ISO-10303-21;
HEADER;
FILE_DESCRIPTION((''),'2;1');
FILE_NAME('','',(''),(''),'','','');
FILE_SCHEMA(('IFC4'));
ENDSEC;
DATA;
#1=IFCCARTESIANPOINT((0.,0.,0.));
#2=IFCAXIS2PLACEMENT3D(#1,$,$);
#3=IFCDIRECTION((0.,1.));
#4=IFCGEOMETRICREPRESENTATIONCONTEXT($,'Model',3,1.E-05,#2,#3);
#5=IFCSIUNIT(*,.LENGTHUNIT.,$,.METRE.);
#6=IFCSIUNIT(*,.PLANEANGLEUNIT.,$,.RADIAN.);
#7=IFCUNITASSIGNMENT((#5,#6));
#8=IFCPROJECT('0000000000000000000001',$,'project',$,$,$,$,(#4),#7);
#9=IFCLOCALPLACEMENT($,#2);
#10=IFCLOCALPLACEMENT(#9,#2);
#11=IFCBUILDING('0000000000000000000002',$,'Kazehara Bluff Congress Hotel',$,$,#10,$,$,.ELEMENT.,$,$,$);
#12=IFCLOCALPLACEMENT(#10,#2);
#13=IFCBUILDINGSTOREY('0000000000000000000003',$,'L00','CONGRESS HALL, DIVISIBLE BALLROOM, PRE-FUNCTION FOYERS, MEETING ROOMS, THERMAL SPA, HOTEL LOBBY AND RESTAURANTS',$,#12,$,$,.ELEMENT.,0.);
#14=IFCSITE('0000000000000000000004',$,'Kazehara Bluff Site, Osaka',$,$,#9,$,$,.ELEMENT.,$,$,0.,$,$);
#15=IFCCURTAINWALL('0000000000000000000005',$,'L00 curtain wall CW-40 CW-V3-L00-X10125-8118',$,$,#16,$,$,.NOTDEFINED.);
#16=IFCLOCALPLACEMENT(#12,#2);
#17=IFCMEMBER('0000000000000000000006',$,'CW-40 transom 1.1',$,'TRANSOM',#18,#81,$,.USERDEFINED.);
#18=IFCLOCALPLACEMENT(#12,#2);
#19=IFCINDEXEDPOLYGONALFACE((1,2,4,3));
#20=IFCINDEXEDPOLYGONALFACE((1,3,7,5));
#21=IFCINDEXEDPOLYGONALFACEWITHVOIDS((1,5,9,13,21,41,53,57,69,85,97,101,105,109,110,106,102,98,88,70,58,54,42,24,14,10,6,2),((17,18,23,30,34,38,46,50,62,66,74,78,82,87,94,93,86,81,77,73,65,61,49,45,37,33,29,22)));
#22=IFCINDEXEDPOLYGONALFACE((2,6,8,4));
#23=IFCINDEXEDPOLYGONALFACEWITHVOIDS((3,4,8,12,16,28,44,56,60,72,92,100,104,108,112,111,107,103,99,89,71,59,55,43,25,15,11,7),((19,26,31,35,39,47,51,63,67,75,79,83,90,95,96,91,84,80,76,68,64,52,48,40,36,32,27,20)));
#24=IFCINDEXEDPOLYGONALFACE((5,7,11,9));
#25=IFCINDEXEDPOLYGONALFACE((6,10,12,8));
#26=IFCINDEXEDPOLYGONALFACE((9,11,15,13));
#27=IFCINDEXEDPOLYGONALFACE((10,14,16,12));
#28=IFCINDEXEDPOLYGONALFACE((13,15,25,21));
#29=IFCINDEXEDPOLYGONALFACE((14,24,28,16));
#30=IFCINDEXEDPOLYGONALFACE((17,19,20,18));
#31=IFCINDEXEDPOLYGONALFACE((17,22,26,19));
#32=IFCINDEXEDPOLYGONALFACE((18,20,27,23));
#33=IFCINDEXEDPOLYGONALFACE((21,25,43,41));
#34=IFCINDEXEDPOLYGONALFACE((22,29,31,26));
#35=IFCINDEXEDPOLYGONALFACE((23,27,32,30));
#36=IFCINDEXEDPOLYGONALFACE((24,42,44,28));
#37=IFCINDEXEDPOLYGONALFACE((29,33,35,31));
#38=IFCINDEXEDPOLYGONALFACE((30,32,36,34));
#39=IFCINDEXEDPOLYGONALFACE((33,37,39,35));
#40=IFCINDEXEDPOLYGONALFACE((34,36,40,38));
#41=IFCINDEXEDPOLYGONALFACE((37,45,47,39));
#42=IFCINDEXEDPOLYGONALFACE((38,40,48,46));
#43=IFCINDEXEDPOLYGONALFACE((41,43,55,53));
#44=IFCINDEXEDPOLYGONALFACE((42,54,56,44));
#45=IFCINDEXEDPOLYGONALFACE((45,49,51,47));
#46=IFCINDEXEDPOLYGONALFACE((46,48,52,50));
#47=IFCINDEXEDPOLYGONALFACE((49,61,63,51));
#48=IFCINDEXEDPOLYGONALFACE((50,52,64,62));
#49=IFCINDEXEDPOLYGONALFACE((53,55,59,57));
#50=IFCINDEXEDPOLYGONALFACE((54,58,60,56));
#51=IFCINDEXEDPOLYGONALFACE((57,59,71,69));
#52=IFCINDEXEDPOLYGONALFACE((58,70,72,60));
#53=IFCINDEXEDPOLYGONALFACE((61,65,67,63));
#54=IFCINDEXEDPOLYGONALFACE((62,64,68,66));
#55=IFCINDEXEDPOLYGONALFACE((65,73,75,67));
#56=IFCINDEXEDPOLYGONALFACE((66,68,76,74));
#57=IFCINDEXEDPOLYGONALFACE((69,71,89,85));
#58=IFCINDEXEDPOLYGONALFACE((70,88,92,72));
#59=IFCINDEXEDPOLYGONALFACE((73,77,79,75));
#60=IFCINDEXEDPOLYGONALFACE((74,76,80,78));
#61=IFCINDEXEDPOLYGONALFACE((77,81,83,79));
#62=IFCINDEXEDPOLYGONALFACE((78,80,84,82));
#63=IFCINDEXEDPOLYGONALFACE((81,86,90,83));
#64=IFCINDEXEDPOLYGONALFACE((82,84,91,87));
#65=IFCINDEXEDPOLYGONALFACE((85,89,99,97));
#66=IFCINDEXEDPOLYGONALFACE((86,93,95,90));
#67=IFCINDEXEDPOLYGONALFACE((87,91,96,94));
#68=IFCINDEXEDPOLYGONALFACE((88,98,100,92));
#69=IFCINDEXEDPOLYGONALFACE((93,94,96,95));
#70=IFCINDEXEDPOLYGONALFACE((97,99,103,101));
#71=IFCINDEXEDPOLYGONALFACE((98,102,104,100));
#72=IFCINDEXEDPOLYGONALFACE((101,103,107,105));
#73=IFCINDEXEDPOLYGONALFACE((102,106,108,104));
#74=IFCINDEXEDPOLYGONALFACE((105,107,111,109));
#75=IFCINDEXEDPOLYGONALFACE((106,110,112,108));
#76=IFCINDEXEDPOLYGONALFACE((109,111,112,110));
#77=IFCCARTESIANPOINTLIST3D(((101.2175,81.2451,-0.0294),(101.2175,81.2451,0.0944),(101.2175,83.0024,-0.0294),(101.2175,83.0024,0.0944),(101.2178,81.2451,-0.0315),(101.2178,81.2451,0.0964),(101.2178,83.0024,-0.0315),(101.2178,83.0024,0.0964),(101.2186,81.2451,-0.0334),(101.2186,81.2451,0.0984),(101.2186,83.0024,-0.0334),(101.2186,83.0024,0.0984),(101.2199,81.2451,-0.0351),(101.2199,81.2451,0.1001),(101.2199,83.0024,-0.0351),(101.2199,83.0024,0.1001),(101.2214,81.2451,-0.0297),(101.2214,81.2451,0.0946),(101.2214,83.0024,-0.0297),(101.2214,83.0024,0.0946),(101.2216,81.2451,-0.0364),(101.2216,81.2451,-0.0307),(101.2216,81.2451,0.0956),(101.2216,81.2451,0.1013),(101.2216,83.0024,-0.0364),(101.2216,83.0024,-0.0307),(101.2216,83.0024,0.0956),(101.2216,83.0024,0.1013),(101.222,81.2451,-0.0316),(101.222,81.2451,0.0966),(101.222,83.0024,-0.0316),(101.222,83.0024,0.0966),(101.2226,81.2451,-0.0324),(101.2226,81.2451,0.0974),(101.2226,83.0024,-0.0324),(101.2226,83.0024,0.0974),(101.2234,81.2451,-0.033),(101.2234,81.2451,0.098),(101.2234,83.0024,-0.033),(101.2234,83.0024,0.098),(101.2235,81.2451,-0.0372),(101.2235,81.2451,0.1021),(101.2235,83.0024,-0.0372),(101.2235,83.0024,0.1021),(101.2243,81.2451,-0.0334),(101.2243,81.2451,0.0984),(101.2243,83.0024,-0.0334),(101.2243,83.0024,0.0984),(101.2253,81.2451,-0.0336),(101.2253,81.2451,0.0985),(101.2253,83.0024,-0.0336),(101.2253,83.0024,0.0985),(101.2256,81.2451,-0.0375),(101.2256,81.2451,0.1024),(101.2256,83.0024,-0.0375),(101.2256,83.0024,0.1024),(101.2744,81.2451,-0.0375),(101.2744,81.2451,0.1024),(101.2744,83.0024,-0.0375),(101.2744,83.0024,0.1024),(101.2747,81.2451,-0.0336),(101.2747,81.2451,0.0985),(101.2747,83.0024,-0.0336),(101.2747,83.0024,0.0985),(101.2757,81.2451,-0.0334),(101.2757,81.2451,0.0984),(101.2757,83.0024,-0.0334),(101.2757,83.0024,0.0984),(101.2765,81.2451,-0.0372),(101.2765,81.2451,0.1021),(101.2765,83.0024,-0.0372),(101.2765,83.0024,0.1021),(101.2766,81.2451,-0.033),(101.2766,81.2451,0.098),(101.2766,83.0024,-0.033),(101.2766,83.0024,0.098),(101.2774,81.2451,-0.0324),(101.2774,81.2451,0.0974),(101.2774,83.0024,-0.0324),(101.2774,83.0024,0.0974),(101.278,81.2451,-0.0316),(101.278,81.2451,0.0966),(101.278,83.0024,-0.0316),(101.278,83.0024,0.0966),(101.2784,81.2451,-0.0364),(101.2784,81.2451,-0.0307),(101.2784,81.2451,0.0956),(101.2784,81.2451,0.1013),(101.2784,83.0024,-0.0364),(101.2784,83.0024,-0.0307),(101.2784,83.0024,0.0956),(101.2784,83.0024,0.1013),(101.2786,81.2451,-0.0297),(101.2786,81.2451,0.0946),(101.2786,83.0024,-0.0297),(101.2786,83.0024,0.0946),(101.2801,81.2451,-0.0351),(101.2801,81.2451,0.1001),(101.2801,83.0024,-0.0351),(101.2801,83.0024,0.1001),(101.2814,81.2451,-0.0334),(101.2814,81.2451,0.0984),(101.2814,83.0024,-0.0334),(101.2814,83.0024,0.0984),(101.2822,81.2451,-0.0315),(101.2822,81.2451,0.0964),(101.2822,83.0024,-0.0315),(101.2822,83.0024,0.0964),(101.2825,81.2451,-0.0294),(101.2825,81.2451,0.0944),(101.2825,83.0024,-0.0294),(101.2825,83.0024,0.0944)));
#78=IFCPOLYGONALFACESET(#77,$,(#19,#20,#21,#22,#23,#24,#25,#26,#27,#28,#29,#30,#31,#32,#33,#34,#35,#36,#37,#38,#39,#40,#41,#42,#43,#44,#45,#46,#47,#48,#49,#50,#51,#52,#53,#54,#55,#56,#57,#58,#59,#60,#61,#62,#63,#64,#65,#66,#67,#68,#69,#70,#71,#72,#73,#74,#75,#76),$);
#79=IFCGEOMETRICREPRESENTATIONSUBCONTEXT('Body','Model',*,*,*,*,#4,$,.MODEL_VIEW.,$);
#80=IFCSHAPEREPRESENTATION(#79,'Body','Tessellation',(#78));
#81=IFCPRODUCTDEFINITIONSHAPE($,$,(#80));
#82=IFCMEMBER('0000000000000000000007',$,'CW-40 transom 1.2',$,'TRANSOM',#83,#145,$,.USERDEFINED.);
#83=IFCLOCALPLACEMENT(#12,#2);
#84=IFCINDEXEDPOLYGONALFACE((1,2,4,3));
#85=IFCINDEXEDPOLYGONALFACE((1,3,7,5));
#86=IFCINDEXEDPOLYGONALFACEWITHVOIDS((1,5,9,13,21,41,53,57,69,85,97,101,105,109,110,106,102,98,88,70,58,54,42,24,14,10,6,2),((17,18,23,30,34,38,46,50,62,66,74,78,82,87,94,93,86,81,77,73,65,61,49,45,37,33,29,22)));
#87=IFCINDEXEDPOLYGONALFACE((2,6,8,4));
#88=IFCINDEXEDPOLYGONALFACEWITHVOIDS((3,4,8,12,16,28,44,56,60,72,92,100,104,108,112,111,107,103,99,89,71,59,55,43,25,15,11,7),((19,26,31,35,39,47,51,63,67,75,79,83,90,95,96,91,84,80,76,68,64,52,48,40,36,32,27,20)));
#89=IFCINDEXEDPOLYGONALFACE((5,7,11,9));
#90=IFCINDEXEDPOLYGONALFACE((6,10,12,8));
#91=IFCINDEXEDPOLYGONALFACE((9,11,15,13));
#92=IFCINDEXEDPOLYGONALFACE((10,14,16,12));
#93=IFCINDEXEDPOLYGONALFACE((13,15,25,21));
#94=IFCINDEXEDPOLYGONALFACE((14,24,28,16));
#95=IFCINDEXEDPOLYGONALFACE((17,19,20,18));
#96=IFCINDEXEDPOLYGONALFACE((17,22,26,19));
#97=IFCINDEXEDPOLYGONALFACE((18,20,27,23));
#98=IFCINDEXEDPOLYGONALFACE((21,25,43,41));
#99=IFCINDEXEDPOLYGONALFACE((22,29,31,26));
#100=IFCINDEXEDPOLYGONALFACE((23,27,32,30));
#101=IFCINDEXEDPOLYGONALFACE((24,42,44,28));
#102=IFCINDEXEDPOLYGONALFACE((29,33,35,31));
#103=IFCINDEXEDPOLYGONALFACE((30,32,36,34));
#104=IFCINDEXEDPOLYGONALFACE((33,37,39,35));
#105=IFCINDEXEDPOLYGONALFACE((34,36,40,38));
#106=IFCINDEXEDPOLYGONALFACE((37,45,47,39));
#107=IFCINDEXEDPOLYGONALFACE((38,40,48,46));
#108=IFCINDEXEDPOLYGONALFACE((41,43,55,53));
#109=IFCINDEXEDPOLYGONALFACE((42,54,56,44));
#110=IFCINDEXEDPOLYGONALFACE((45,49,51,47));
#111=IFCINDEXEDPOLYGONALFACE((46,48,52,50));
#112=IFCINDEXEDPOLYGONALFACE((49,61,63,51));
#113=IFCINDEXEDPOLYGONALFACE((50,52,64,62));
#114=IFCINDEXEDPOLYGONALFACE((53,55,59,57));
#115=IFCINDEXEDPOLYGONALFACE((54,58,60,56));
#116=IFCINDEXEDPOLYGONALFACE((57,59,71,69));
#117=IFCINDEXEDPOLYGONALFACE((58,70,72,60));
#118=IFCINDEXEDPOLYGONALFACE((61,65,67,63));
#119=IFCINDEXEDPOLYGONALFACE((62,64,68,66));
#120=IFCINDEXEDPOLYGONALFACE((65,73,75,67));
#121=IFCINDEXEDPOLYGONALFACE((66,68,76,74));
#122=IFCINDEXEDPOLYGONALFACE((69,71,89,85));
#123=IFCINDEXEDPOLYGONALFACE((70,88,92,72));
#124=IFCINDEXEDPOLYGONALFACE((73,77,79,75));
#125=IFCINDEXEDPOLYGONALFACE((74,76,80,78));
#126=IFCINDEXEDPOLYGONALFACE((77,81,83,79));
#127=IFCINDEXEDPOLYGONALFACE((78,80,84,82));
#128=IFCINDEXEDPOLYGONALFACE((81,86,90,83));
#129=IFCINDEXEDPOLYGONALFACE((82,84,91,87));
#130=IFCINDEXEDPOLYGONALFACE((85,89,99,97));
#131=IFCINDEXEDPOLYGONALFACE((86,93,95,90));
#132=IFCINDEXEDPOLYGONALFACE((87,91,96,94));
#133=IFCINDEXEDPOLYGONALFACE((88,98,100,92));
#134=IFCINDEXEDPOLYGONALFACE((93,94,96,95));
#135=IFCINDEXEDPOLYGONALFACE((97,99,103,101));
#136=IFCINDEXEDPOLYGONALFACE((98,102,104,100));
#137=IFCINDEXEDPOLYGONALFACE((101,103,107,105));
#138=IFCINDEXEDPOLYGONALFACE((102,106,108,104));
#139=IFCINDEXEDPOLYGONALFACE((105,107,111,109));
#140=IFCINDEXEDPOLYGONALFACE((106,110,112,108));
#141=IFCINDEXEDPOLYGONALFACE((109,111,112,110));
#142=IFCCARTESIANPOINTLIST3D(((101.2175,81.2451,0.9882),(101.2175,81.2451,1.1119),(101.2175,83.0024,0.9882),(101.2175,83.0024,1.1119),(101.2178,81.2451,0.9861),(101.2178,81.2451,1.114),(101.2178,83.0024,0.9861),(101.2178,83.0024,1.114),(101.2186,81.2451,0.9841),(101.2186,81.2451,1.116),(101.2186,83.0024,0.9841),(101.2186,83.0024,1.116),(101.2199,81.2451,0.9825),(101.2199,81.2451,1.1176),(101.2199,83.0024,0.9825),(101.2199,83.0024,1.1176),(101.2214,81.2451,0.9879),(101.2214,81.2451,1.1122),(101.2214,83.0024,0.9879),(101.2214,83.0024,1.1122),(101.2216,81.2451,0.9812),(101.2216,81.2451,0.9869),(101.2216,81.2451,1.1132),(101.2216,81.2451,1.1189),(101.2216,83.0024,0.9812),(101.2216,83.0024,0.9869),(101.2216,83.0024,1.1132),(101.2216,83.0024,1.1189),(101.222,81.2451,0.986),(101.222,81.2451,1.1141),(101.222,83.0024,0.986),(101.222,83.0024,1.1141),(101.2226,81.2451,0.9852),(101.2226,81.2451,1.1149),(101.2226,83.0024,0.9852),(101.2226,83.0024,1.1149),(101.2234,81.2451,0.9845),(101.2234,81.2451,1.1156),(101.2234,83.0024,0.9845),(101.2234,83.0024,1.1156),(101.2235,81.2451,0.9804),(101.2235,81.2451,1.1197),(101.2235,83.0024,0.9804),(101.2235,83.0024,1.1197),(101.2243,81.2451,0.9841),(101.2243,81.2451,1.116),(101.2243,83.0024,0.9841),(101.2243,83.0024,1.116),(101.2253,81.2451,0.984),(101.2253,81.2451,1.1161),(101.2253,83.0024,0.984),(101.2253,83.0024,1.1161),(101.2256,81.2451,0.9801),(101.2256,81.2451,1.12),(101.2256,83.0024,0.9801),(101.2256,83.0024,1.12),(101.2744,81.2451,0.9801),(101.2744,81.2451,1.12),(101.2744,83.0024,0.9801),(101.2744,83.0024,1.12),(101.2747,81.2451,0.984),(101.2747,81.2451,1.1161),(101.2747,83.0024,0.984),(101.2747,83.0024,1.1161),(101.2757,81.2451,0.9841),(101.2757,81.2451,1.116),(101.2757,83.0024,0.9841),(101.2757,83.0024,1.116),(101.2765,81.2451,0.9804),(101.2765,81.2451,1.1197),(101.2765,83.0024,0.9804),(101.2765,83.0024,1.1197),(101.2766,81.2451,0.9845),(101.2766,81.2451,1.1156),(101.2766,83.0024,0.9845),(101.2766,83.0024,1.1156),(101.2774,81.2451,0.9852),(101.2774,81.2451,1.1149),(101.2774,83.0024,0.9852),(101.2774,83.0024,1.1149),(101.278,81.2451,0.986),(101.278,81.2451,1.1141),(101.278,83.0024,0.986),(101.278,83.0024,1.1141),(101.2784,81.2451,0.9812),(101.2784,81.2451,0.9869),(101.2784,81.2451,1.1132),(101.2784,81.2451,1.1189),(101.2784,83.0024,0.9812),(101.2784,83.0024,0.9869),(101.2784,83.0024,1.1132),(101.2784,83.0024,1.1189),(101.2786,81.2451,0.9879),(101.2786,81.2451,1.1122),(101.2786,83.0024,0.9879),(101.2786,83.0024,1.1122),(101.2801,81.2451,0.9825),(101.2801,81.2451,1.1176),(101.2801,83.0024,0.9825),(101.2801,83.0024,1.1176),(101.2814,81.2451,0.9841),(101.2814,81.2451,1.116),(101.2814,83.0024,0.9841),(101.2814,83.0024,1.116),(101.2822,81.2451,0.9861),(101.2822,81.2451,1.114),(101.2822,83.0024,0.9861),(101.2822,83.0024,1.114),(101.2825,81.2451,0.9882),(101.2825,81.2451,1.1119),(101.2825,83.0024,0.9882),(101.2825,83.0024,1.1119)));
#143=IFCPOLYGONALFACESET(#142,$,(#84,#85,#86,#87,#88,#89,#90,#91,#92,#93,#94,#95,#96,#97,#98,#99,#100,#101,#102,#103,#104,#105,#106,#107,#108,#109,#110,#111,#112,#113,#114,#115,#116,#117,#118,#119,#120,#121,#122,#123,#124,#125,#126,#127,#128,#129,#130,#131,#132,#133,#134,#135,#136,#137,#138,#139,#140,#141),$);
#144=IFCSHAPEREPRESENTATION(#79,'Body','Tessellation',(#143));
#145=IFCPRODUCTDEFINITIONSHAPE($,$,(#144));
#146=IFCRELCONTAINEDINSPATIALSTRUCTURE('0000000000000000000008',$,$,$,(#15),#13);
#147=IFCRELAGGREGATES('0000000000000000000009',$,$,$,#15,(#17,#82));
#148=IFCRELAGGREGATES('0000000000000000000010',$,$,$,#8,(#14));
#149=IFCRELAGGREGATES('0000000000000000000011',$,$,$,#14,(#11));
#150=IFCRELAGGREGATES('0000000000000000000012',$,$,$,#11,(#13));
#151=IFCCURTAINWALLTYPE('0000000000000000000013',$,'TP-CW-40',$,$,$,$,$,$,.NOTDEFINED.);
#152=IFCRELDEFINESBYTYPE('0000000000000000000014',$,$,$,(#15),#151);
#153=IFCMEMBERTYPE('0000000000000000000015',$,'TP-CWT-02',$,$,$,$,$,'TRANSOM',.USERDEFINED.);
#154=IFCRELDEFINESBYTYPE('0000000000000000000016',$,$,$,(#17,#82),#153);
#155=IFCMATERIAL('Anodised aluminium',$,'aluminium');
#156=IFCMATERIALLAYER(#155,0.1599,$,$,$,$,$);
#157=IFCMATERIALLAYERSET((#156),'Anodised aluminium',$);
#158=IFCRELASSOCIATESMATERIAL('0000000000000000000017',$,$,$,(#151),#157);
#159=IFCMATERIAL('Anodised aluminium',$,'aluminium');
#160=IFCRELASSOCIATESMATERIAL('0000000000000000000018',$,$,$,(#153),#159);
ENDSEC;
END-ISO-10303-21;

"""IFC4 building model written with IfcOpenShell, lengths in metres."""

from ifc_helpers import new_model, si_unit, direction, frame, origin, origin_2d, place, context, subcontext, project, spatial, hollow_rectangle, extrude, material, layer, layer_set, material_profile, profile_set, type_object, element, aggregate, save


model = new_model("IFC4")

# Units and contexts
model_context = context("Model", 3, precision=1e-05, world=origin(), true_north=direction((0.0, 1.0)))
body_context = subcontext(model_context, "Body", "Model", "MODEL_VIEW")
ifc_project = project(units=[si_unit("LENGTHUNIT", "METRE"), si_unit("PLANEANGLEUNIT", "RADIAN")], contexts=[model_context])

# Site, building, storey
site_placement = place(None, origin())
site = spatial("IfcSite", under=ifc_project, at=site_placement, Name="Kazehara Bluff Site, Osaka", CompositionType="ELEMENT", RefElevation=0.0)
building_placement = place(site_placement, origin())
building = spatial("IfcBuilding", under=site, at=building_placement, Name="Kazehara Bluff Congress Hotel", CompositionType="ELEMENT")
storey_placement = place(building_placement, origin())
storey = spatial("IfcBuildingStorey", under=building, at=storey_placement, Name="L00", Description="CONGRESS HALL, DIVISIBLE BALLROOM, PRE-FUNCTION FOYERS, MEETING ROOMS, THERMAL SPA, HOTEL LOBBY AND RESTAURANTS", CompositionType="ELEMENT", Elevation=0.0)

# Curtain wall
ifc_material_1 = material(Name="Anodised aluminium", Category="aluminium")
ifc_layer_1 = layer(ifc_material_1, 0.1599)
ifc_layer_set_1 = layer_set([ifc_layer_1], Name="Anodised aluminium")
curtain_wall_type_1 = type_object("IfcCurtainWallType", Name="TP-CW-40", PredefinedType="NOTDEFINED", material=ifc_layer_set_1)
curtain_wall_1_placement = place(storey_placement, origin())
curtain_wall_1 = element("IfcCurtainWall", 1, at=curtain_wall_1_placement, inside=storey, type_object=curtain_wall_type_1, Name="L00 curtain wall CW-40 CW-V3-L00-X10125-8118", PredefinedType="NOTDEFINED")

# Members
ifc_material_2 = material(Name="Anodised aluminium", Category="aluminium")
ifc_material_profile_1 = material_profile(ifc_material_2, hollow_rectangle(XDim=0.0649, YDim=0.1399, WallThickness=0.0039, InnerFilletRadius=0.0039, OuterFilletRadius=0.0081, at=origin_2d()))
ifc_profile_set_1 = profile_set([ifc_material_profile_1], Name="Anodised aluminium")
member_type_1 = type_object("IfcMemberType", Name="TP-CWT-02", ElementType="TRANSOM", PredefinedType="USERDEFINED", material=ifc_profile_set_1)
member_1_placement = place(storey_placement, frame((101.25, 81.2451, 0.0325), z_axis=(0.0, 1.0, 0.0), x_axis=(-1.0, 0.0, 0.0)))
member_1 = element("IfcMember", 2, at=member_1_placement, type_object=member_type_1, Name="CW-40 transom 1.1", ObjectType="TRANSOM", PredefinedType="USERDEFINED", context=body_context, shape_type="SweptSolid", body=[
    extrude(hollow_rectangle(XDim=0.0649, YDim=0.1399, WallThickness=0.0039, InnerFilletRadius=0.0039, OuterFilletRadius=0.0081, at=origin_2d()), origin(), (0.0, 0.0, 1.0), 1.7573),
])
member_2_placement = place(storey_placement, frame((101.25, 81.2451, 1.05), z_axis=(0.0, 1.0, 0.0), x_axis=(-1.0, 0.0, 0.0)))
member_2 = element("IfcMember", 3, at=member_2_placement, type_object=member_type_1, Name="CW-40 transom 1.2", ObjectType="TRANSOM", PredefinedType="USERDEFINED", context=body_context, shape_type="SweptSolid", body=[
    extrude(hollow_rectangle(XDim=0.0649, YDim=0.1399, WallThickness=0.0039, InnerFilletRadius=0.0039, OuterFilletRadius=0.0081, at=origin_2d()), origin(), (0.0, 0.0, 1.0), 1.7573),
])

aggregate(curtain_wall_1, [member_1, member_2])

save(model, "model.ifc")
